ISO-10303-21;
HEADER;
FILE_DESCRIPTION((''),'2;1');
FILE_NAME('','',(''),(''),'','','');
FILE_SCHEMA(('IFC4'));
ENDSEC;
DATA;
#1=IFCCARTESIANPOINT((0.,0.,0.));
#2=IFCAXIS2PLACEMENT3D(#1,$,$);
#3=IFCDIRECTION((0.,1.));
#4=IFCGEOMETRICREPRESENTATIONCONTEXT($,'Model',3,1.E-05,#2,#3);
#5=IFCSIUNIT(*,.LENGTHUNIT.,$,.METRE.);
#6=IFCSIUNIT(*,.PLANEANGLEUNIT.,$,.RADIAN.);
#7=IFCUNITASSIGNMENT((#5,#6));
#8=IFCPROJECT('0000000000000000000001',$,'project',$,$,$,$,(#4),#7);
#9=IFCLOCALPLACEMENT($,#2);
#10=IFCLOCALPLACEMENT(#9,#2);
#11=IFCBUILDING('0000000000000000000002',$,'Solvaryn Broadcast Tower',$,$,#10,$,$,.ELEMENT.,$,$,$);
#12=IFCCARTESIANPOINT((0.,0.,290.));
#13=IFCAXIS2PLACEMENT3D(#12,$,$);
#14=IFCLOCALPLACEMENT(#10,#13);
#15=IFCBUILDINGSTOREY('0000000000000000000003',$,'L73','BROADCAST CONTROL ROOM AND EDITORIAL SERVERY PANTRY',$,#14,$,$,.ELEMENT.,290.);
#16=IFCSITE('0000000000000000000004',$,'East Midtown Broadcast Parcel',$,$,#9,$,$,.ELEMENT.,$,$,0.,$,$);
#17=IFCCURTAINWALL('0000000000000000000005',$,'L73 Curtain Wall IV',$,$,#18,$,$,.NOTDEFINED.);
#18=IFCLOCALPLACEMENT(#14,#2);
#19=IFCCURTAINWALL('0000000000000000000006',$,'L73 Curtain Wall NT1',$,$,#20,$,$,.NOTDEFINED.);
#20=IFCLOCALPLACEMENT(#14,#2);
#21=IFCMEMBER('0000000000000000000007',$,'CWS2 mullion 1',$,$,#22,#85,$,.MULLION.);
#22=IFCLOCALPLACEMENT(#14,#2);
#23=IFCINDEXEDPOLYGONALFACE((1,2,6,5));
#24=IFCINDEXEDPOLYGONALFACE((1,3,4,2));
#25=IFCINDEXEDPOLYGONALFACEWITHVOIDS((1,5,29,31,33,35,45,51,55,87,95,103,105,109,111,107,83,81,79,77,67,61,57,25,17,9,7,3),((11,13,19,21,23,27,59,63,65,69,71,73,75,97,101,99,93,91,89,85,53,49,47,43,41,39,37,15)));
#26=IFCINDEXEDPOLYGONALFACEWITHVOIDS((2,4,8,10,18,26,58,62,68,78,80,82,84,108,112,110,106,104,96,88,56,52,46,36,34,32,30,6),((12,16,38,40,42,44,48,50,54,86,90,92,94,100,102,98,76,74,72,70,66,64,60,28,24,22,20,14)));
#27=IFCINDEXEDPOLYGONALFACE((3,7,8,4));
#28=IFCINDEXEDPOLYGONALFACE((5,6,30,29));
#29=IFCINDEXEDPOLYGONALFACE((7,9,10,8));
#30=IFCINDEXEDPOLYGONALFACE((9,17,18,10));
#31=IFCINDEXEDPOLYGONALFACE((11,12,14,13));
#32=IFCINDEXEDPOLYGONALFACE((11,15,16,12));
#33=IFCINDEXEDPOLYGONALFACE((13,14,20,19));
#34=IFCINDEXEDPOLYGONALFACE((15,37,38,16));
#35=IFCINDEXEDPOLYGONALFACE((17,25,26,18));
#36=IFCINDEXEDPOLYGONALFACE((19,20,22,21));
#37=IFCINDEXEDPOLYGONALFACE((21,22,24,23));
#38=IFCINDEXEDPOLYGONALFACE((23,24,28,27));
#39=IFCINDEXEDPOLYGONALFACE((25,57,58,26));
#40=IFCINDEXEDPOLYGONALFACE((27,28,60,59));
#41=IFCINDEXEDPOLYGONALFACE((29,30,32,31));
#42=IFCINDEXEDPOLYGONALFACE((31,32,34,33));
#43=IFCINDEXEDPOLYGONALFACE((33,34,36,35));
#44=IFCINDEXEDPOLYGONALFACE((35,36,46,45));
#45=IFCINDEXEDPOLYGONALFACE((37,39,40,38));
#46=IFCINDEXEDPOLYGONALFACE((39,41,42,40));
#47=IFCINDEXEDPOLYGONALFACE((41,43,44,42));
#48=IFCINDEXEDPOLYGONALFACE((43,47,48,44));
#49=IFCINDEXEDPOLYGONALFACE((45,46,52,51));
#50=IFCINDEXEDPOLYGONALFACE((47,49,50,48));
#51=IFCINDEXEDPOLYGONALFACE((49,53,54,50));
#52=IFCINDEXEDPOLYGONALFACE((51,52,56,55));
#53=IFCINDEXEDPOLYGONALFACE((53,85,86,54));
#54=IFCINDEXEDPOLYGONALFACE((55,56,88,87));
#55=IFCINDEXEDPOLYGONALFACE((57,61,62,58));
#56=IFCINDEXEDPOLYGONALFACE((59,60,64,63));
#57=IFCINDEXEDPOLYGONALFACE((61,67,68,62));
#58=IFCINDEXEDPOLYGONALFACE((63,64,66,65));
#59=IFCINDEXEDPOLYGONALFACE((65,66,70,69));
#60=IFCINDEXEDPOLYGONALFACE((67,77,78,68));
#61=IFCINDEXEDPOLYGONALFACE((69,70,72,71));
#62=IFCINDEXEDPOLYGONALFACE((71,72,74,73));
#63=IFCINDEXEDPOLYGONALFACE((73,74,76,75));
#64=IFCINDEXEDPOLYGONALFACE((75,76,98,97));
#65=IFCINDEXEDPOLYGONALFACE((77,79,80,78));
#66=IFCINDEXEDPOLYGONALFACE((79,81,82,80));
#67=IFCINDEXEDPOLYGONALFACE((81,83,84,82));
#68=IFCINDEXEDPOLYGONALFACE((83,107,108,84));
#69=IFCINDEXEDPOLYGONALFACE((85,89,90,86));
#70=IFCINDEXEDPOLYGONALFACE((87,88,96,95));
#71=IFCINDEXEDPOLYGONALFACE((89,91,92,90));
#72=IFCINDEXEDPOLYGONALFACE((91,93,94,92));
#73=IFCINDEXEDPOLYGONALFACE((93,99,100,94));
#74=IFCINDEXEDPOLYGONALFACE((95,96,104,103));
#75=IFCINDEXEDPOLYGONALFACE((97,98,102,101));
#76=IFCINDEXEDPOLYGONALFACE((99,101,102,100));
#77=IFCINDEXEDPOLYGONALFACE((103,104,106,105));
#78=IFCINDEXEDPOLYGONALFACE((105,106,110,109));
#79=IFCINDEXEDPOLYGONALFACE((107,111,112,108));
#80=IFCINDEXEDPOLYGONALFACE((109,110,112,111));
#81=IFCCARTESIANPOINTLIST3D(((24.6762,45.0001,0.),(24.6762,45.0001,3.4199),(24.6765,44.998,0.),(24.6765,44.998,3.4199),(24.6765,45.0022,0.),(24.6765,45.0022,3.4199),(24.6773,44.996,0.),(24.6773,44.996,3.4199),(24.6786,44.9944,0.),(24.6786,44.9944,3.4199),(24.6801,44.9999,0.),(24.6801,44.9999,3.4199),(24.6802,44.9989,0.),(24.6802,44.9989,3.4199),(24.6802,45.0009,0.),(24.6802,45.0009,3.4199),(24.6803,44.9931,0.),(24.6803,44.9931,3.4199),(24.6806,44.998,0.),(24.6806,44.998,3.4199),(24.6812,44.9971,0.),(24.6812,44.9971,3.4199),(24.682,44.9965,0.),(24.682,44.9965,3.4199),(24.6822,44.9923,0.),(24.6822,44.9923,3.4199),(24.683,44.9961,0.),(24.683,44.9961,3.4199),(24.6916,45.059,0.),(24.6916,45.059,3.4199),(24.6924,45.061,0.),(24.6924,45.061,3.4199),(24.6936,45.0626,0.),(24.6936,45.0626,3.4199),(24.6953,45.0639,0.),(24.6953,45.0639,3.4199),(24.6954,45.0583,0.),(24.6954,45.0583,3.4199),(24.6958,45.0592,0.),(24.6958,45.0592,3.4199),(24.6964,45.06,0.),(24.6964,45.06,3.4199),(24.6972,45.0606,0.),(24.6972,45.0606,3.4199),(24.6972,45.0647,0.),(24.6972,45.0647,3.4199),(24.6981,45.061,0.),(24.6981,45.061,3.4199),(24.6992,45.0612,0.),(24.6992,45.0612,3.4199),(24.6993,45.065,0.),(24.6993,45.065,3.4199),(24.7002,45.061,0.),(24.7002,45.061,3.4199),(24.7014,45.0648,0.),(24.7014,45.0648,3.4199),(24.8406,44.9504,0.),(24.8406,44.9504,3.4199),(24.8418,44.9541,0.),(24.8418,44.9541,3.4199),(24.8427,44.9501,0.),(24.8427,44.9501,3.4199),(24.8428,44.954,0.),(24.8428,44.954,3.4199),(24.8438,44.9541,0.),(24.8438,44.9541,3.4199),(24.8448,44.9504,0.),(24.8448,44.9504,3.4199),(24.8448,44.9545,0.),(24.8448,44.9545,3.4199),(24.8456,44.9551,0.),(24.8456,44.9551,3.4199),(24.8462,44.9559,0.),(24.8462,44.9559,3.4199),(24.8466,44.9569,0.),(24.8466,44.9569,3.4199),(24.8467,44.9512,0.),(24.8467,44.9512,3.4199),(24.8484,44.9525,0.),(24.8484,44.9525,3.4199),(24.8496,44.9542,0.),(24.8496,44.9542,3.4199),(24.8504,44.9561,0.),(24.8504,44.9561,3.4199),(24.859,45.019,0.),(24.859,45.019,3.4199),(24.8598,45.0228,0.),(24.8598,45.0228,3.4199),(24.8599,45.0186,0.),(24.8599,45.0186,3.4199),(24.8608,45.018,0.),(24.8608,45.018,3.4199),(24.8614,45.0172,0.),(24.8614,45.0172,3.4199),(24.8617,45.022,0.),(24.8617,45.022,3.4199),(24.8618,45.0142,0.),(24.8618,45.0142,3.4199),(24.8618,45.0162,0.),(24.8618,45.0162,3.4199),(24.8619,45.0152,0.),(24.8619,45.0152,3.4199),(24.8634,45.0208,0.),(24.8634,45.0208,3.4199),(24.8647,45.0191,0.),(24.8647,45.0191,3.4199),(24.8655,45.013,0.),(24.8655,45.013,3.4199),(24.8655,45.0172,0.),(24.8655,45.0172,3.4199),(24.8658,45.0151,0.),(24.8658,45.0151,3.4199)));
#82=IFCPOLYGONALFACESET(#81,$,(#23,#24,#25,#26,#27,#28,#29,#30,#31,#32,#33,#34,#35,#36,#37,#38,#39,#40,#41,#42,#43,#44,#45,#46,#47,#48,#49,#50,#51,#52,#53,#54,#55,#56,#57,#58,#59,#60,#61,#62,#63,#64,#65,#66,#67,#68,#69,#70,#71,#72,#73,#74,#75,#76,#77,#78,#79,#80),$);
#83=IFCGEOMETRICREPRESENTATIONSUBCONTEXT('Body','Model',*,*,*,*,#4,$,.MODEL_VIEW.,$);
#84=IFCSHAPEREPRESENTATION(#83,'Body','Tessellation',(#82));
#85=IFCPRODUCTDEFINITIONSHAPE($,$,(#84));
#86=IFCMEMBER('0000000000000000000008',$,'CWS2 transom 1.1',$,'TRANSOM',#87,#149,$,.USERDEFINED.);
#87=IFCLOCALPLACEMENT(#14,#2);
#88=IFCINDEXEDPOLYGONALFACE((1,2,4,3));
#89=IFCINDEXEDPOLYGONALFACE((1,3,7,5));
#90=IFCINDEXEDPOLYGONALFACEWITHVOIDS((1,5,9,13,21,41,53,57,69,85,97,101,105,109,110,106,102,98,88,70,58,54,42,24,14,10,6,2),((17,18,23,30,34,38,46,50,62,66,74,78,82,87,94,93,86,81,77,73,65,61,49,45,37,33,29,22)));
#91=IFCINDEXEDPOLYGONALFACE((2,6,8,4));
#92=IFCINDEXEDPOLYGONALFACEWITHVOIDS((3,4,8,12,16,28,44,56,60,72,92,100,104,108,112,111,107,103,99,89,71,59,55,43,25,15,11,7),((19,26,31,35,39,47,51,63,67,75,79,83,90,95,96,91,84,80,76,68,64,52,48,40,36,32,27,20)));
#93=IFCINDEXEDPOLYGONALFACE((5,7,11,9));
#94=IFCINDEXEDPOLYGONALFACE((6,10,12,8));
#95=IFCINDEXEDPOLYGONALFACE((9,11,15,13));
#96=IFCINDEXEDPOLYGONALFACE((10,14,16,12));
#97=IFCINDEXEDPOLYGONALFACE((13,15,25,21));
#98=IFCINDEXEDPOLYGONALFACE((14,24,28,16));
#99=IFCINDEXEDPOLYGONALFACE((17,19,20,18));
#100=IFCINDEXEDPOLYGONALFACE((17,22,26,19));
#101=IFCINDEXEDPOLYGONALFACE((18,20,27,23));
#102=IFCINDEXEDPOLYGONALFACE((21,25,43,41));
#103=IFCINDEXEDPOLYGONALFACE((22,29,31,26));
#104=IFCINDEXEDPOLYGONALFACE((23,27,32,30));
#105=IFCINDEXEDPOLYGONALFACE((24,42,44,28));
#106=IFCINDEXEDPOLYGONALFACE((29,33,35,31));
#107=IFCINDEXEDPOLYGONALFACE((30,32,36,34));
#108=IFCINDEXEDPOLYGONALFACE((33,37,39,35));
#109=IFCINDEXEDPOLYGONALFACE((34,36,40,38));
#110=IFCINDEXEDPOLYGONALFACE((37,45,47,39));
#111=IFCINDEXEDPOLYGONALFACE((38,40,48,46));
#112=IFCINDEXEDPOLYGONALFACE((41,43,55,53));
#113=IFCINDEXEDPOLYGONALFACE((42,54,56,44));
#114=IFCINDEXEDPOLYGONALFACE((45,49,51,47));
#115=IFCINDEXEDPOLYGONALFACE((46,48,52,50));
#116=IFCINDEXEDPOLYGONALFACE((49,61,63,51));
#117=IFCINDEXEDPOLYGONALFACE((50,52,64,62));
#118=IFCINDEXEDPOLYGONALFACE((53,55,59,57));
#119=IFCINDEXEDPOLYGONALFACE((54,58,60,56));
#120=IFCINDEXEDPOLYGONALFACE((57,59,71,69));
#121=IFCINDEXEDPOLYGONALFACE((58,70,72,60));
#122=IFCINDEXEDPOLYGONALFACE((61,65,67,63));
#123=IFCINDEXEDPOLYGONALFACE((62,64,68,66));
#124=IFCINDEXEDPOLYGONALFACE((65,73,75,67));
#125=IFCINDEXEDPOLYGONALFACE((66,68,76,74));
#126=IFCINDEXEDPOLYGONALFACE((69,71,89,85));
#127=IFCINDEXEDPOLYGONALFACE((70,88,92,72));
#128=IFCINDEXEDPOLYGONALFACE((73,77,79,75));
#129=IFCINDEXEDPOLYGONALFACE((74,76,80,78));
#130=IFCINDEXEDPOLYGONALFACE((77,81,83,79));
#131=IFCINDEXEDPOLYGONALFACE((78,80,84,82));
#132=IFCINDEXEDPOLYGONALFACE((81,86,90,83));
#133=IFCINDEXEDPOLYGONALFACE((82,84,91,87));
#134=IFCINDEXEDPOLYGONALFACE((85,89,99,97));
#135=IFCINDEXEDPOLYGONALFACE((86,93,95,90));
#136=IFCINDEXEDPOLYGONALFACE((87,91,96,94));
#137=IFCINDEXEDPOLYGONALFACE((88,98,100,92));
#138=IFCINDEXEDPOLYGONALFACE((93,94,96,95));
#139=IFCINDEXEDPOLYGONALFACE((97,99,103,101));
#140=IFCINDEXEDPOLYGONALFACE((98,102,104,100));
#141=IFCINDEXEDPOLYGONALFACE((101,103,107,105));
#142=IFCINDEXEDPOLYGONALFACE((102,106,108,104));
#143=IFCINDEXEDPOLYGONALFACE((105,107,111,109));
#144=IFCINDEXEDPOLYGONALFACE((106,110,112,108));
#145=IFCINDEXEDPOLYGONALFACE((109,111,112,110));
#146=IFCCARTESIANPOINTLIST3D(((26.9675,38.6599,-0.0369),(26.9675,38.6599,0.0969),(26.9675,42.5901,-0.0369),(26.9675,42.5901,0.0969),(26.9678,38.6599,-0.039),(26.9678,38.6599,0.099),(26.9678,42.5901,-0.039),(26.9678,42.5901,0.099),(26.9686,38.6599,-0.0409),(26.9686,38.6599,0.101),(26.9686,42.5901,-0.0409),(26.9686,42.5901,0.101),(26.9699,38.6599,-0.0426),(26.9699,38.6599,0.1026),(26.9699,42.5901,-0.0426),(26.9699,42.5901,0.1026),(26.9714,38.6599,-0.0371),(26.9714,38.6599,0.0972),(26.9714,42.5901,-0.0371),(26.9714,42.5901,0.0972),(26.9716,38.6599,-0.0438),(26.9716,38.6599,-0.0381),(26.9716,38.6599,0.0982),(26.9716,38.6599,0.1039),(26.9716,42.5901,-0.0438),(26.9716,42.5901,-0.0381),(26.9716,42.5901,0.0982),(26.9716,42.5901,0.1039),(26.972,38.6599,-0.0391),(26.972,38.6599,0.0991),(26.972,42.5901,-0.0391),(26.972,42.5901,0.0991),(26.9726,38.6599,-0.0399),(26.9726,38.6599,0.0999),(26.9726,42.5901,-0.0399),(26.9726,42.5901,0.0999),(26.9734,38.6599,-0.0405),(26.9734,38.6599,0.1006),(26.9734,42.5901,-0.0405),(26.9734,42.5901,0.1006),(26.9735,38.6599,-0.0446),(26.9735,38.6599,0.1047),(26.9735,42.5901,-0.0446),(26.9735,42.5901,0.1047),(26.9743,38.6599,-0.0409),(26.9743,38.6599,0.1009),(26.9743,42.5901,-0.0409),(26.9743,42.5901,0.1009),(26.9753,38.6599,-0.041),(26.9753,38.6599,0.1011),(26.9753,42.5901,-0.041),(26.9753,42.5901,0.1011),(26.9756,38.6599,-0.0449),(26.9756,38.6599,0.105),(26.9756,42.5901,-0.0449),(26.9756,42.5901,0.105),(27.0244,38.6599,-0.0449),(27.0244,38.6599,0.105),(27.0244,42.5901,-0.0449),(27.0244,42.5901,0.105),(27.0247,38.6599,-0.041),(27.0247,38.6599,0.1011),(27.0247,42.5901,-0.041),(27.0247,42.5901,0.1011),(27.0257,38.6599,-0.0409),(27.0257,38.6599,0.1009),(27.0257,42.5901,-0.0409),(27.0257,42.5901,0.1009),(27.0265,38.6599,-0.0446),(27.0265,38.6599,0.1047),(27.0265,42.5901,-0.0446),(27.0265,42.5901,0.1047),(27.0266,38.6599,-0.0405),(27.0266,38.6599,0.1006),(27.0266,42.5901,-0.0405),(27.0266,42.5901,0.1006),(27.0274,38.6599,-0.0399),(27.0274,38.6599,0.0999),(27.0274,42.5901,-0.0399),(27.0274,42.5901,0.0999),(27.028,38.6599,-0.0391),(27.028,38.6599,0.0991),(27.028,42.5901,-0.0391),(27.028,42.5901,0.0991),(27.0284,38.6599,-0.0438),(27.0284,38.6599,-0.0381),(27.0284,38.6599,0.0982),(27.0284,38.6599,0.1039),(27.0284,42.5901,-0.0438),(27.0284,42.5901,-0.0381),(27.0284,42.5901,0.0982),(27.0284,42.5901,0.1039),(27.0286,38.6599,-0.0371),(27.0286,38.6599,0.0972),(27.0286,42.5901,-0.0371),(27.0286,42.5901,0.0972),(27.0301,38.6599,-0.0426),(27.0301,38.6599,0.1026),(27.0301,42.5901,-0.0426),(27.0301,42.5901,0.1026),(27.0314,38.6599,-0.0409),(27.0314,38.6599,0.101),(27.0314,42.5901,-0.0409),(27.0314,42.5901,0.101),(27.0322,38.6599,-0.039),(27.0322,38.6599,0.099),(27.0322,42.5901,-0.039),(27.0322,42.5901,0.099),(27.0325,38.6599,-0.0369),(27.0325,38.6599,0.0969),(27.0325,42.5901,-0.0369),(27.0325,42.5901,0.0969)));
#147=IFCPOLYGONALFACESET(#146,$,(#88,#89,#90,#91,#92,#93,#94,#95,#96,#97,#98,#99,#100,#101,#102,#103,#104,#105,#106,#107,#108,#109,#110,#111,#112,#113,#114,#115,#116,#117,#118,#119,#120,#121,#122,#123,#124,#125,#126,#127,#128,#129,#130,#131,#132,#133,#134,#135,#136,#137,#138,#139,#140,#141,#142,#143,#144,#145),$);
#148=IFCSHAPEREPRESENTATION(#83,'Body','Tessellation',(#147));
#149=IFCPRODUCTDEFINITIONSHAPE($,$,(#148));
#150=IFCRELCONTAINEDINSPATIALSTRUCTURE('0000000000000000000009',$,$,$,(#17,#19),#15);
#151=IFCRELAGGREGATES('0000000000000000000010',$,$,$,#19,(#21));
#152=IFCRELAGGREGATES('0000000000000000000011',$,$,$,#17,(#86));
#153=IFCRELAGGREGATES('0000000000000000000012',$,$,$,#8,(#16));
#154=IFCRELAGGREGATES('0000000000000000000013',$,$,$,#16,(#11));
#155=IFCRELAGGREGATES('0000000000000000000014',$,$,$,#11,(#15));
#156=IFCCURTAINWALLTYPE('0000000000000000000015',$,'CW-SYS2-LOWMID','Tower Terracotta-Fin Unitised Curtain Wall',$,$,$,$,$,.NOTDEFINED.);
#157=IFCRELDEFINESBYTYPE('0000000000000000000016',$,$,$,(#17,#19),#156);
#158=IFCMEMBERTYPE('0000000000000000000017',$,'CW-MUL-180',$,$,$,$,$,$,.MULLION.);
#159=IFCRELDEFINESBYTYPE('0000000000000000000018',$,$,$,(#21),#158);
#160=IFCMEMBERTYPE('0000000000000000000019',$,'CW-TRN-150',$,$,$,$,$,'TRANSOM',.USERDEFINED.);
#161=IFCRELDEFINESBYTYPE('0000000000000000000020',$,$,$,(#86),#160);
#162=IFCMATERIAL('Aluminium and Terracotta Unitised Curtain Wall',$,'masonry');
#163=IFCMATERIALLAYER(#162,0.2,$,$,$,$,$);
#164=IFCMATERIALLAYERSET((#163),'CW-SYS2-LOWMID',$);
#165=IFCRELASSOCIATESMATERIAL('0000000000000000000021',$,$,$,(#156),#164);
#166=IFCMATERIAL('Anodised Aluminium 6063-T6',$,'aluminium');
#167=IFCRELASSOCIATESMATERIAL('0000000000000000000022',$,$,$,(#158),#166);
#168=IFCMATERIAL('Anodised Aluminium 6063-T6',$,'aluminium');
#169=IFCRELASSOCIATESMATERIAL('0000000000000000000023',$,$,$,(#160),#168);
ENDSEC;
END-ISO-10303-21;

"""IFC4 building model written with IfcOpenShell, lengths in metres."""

from ifc_helpers import new_model, si_unit, direction, frame, origin, origin_2d, place, context, subcontext, project, spatial, hollow_rectangle, extrude, material, layer, layer_set, material_profile, profile_set, type_object, element, aggregate, save


model = new_model("IFC4")

# Units and contexts
model_context = context("Model", 3, precision=1e-05, world=origin(), true_north=direction((0.0, 1.0)))
body_context = subcontext(model_context, "Body", "Model", "MODEL_VIEW")
ifc_project = project(units=[si_unit("LENGTHUNIT", "METRE"), si_unit("PLANEANGLEUNIT", "RADIAN")], contexts=[model_context])

# Site, building, storey
site_placement = place(None, origin())
site = spatial("IfcSite", under=ifc_project, at=site_placement, Name="East Midtown Broadcast Parcel", CompositionType="ELEMENT", RefElevation=0.0)
building_placement = place(site_placement, origin())
building = spatial("IfcBuilding", under=site, at=building_placement, Name="Solvaryn Broadcast Tower", CompositionType="ELEMENT")
storey_placement = place(building_placement, frame((0.0, 0.0, 290.0)))
storey = spatial("IfcBuildingStorey", under=building, at=storey_placement, Name="L73", Description="BROADCAST CONTROL ROOM AND EDITORIAL SERVERY PANTRY", CompositionType="ELEMENT", Elevation=290.0)

# Curtain wall
ifc_material_1 = material(Name="Aluminium and Terracotta Unitised Curtain Wall", Category="masonry")
ifc_layer_1 = layer(ifc_material_1, 0.2)
ifc_layer_set_1 = layer_set([ifc_layer_1], Name="CW-SYS2-LOWMID")
curtain_wall_type = type_object("IfcCurtainWallType", Name="CW-SYS2-LOWMID", Description="Tower Terracotta-Fin Unitised Curtain Wall", PredefinedType="NOTDEFINED", material=ifc_layer_set_1)
curtain_wall_1_placement = place(storey_placement, origin())
curtain_wall_1 = element("IfcCurtainWall", 1, at=curtain_wall_1_placement, inside=storey, type_object=curtain_wall_type, Name="L73 Curtain Wall IV", PredefinedType="NOTDEFINED")
ifc_material_2 = material(Name="Anodised Aluminium 6063-T6", Category="aluminium")
ifc_material_profile_1 = material_profile(ifc_material_2, hollow_rectangle(XDim=0.075, YDim=0.1799, WallThickness=0.0039, InnerFilletRadius=0.0039, OuterFilletRadius=0.0081, at=origin_2d()))
ifc_profile_set_1 = profile_set([ifc_material_profile_1], Name="Anodised Aluminium 6063-T6")
member_type_1 = type_object("IfcMemberType", Name="CW-MUL-180", PredefinedType="MULLION", material=ifc_profile_set_1)

# Curtain wall, member
curtain_wall_2_placement = place(storey_placement, origin())
curtain_wall_2 = element("IfcCurtainWall", 2, at=curtain_wall_2_placement, inside=storey, type_object=curtain_wall_type, Name="L73 Curtain Wall NT1", PredefinedType="NOTDEFINED")
member_1_placement = place(storey_placement, frame((24.771, 45.0076, 0.0), z_axis=(0.0, 0.0, 1.0), x_axis=(-0.255893, -0.966705, 0.0)))
member_1 = element("IfcMember", 3, at=member_1_placement, type_object=member_type_1, Name="CWS2 mullion 1", PredefinedType="MULLION", context=body_context, shape_type="SweptSolid", body=[
    extrude(hollow_rectangle(XDim=0.075, YDim=0.1799, WallThickness=0.0039, InnerFilletRadius=0.0039, OuterFilletRadius=0.0081, at=origin_2d()), origin(), (0.0, 0.0, 1.0), 3.4199),
])

# Member
ifc_material_3 = material(Name="Anodised Aluminium 6063-T6", Category="aluminium")
ifc_material_profile_2 = material_profile(ifc_material_3, hollow_rectangle(XDim=0.0649, YDim=0.1499, WallThickness=0.0039, InnerFilletRadius=0.0039, OuterFilletRadius=0.0081, at=origin_2d()))
ifc_profile_set_2 = profile_set([ifc_material_profile_2], Name="Anodised Aluminium 6063-T6")
member_type_2 = type_object("IfcMemberType", Name="CW-TRN-150", ElementType="TRANSOM", PredefinedType="USERDEFINED", material=ifc_profile_set_2)
member_2_placement = place(storey_placement, frame((27.0, 42.5901, 0.03), z_axis=(0.0, -1.0, 0.0), x_axis=(1.0, 0.0, 0.0)))
member_2 = element("IfcMember", 4, at=member_2_placement, type_object=member_type_2, Name="CWS2 transom 1.1", ObjectType="TRANSOM", PredefinedType="USERDEFINED", context=body_context, shape_type="SweptSolid", body=[
    extrude(hollow_rectangle(XDim=0.0649, YDim=0.1499, WallThickness=0.0039, InnerFilletRadius=0.0039, OuterFilletRadius=0.0081, at=origin_2d()), origin(), (0.0, 0.0, 1.0), 3.9302),
])
aggregate(curtain_wall_2, [member_1])

aggregate(curtain_wall_1, [member_2])

save(model, "model.ifc")
